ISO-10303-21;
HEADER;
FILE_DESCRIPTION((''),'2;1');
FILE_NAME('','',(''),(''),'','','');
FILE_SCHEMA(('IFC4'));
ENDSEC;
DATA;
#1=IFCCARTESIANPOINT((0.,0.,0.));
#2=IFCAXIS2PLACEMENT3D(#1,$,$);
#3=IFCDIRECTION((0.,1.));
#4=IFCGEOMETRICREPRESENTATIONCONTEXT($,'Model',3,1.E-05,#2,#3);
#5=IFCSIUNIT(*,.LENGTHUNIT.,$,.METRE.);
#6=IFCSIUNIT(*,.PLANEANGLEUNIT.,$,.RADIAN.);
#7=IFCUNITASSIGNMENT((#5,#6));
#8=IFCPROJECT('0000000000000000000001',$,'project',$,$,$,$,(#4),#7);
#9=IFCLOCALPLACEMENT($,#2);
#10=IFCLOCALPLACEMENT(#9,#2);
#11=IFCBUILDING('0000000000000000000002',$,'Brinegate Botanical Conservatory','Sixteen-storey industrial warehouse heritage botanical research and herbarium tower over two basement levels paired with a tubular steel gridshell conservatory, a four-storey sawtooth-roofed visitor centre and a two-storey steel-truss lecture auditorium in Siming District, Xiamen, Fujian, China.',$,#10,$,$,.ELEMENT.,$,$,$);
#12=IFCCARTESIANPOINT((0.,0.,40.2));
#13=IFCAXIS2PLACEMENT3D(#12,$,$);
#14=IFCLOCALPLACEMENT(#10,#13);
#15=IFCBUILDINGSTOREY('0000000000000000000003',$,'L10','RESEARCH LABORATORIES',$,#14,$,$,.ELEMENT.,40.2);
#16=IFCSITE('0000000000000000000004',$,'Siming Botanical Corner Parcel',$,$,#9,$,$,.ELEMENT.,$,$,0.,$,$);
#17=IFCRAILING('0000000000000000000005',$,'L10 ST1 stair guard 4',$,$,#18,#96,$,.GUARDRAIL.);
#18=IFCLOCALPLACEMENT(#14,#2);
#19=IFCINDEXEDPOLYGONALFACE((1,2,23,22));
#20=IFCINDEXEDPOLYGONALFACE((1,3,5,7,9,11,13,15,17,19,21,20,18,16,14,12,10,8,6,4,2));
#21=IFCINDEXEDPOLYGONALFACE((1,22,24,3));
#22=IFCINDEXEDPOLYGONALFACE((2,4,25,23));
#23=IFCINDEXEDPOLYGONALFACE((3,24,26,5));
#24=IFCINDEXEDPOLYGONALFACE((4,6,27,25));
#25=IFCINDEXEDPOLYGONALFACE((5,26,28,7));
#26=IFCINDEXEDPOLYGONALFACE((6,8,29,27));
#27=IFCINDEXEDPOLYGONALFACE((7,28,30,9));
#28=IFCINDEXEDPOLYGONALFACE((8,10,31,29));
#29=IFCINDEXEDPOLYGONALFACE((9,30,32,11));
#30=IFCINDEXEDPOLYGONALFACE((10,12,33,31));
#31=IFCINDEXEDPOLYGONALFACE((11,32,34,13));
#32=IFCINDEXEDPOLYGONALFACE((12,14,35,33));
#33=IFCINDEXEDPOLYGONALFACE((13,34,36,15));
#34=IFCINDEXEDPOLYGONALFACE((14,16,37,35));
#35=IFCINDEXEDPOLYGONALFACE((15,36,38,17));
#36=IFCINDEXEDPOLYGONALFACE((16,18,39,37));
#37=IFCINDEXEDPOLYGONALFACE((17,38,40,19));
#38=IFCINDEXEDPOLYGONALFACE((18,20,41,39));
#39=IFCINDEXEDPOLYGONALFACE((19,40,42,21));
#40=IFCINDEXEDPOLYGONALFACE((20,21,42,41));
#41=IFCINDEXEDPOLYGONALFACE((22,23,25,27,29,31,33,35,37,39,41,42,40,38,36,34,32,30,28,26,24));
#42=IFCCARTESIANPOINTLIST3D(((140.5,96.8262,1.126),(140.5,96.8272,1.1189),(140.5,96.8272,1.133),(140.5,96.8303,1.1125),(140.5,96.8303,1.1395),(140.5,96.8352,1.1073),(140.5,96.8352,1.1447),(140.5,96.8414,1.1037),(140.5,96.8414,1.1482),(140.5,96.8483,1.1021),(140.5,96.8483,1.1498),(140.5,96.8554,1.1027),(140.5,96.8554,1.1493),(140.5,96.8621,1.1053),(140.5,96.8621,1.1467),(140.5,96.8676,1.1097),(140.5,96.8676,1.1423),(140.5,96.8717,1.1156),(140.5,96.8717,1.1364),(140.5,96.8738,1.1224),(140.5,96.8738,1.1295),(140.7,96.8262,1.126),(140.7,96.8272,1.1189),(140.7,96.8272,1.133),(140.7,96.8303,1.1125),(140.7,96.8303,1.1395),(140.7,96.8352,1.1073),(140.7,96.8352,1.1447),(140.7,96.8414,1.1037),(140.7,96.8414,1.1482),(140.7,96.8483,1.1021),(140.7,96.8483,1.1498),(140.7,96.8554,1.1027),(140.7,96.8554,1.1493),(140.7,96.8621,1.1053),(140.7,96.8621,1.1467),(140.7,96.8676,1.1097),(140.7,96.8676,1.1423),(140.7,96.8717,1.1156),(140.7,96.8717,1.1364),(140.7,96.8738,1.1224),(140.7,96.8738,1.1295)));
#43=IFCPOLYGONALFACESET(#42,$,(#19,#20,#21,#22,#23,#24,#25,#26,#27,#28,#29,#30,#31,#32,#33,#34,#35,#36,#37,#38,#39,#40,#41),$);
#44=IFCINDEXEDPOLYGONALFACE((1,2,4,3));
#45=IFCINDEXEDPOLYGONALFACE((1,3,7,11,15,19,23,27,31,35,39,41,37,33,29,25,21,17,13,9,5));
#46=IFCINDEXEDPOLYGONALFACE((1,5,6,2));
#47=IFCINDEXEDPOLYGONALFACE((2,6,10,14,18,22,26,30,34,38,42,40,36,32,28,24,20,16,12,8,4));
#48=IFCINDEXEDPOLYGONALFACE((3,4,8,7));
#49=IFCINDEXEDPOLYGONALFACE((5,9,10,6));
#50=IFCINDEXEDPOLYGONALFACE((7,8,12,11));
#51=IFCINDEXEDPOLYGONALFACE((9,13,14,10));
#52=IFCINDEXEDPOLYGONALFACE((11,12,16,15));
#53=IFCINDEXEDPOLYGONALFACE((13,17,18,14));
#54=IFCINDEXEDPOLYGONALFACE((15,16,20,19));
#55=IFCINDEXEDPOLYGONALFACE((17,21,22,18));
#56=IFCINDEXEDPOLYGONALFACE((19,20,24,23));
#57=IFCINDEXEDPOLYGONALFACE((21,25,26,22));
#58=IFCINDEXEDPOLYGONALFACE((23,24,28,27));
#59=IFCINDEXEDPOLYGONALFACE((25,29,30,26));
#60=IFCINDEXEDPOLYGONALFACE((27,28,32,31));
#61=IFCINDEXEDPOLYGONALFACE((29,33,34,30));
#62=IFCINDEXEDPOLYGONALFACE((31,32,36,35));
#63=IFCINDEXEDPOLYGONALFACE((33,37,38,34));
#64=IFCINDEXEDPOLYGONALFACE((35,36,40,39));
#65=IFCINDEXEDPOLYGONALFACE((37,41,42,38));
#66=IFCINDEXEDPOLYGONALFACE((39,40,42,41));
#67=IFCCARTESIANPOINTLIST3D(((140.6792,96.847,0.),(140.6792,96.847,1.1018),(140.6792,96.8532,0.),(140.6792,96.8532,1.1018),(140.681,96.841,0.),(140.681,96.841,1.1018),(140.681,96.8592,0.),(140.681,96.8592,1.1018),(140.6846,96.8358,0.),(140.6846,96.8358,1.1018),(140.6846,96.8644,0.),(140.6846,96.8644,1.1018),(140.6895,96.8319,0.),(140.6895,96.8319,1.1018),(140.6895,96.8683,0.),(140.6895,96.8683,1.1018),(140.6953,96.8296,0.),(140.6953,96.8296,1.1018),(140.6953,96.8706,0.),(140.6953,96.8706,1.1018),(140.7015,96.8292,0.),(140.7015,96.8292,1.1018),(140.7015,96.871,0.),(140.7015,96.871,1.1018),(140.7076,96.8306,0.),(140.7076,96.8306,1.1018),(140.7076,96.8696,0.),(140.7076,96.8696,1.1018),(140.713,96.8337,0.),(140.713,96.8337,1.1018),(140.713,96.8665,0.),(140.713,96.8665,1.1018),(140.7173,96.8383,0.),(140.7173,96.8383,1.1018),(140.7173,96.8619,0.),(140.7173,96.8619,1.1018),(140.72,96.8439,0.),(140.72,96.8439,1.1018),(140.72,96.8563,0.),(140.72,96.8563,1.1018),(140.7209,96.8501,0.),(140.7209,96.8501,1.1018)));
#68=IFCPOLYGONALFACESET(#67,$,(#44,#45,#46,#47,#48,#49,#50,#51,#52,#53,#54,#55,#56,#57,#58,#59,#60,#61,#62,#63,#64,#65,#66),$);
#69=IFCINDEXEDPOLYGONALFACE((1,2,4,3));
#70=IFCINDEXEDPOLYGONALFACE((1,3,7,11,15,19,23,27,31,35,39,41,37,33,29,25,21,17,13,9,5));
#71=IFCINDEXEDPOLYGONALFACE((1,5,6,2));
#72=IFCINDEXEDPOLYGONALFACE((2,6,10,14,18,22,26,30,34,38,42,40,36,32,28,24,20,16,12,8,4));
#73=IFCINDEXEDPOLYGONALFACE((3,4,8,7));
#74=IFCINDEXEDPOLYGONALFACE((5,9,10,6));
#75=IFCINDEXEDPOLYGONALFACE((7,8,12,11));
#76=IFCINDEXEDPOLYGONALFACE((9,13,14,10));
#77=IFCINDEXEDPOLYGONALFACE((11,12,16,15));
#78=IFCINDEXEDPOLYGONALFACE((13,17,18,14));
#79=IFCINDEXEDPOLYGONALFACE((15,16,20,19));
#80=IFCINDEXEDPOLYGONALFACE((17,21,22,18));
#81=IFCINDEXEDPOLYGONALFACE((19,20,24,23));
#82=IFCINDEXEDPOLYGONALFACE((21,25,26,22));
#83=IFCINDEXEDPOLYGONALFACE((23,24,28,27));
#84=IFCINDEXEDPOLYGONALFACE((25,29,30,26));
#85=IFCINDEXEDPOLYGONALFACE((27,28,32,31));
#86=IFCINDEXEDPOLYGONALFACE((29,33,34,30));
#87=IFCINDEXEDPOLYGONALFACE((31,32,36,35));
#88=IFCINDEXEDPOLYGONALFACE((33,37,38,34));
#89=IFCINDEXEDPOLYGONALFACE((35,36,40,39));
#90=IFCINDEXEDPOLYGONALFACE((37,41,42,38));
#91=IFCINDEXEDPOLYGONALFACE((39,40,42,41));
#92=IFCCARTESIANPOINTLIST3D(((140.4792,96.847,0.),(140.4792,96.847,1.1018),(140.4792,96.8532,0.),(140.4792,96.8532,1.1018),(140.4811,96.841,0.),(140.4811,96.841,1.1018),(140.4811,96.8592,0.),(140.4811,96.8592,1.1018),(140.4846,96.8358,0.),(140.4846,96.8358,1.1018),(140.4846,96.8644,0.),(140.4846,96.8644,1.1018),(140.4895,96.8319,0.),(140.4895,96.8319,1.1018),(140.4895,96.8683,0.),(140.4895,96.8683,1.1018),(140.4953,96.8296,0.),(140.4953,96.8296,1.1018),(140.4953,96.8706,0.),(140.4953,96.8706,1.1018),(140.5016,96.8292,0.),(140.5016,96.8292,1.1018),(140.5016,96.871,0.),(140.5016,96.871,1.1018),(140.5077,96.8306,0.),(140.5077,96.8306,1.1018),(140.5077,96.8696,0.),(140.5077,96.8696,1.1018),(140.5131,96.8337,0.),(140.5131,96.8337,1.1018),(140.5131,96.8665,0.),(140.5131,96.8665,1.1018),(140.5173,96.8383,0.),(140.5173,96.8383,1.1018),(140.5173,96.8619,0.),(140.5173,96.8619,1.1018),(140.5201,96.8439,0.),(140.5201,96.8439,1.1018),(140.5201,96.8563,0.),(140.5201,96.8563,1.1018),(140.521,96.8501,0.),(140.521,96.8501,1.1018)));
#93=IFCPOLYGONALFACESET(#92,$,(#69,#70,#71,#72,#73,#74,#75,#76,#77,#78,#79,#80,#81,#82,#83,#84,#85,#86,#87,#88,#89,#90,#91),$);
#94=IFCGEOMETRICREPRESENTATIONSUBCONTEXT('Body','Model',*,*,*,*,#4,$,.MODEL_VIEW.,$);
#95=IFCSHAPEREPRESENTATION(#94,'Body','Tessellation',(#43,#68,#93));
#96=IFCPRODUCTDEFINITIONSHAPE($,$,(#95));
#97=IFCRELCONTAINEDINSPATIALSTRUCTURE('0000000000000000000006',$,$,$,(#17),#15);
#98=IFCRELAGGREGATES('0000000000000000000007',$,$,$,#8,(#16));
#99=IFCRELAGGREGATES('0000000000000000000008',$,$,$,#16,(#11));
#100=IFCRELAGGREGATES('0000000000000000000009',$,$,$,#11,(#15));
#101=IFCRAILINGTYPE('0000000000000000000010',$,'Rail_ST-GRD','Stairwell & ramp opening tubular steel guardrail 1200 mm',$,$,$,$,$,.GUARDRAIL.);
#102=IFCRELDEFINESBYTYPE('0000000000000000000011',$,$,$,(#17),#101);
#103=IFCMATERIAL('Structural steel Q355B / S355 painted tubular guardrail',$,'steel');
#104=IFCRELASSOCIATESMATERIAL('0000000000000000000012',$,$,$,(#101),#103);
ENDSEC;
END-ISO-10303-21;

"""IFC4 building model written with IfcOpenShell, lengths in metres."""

from ifc_helpers import new_model, si_unit, direction, frame, origin, origin_2d, place, context, subcontext, project, spatial, circle, extrude, material, type_object, element, save


model = new_model("IFC4")

# Units and contexts
model_context = context("Model", 3, precision=1e-05, world=origin(), true_north=direction((0.0, 1.0)))
body_context = subcontext(model_context, "Body", "Model", "MODEL_VIEW")
ifc_project = project(units=[si_unit("LENGTHUNIT", "METRE"), si_unit("PLANEANGLEUNIT", "RADIAN")], contexts=[model_context])

# Site, building, storey
site_placement = place(None, origin())
site = spatial("IfcSite", under=ifc_project, at=site_placement, Name="Siming Botanical Corner Parcel", CompositionType="ELEMENT", RefElevation=0.0)
building_placement = place(site_placement, origin())
building = spatial("IfcBuilding", under=site, at=building_placement, Name="Brinegate Botanical Conservatory", Description="Sixteen-storey industrial warehouse heritage botanical research and herbarium tower over two basement levels paired with a tubular steel gridshell conservatory, a four-storey sawtooth-roofed visitor centre and a two-storey steel-truss lecture auditorium in Siming District, Xiamen, Fujian, China.", CompositionType="ELEMENT")
storey_placement = place(building_placement, frame((0.0, 0.0, 40.2)))
storey = spatial("IfcBuildingStorey", under=building, at=storey_placement, Name="L10", Description="RESEARCH LABORATORIES", CompositionType="ELEMENT", Elevation=40.2)

# Railing
ifc_material_1 = material(Name="Structural steel Q355B / S355 painted tubular guardrail", Category="steel")
railing_type_1 = type_object("IfcRailingType", Name="Rail_ST-GRD", Description="Stairwell & ramp opening tubular steel guardrail 1200 mm", PredefinedType="GUARDRAIL", material=ifc_material_1)
railing_1_placement = place(storey_placement, frame((140.7, 96.8501, 0.0)))
element("IfcRailing", 1, at=railing_1_placement, inside=storey, type_object=railing_type_1, Name="L10 ST1 stair guard 4", PredefinedType="GUARDRAIL", context=body_context, shape_type="SweptSolid", body=[
    extrude(circle(Radius=0.0239, at=origin_2d()), frame((0.0, 0.0, 1.126), z_axis=(-1.0, 0.0, 0.0), x_axis=(0.0, -1.0, 0.0)), (0.0, 0.0, 1.0), 0.2),
    extrude(circle(Radius=0.021, at=origin_2d()), origin(), (0.0, 0.0, 1.0), 1.1018),
    extrude(circle(Radius=0.021, at=origin_2d()), frame((-0.2, 0.0, 0.0)), (0.0, 0.0, 1.0), 1.1018),
])

save(model, "model.ifc")
